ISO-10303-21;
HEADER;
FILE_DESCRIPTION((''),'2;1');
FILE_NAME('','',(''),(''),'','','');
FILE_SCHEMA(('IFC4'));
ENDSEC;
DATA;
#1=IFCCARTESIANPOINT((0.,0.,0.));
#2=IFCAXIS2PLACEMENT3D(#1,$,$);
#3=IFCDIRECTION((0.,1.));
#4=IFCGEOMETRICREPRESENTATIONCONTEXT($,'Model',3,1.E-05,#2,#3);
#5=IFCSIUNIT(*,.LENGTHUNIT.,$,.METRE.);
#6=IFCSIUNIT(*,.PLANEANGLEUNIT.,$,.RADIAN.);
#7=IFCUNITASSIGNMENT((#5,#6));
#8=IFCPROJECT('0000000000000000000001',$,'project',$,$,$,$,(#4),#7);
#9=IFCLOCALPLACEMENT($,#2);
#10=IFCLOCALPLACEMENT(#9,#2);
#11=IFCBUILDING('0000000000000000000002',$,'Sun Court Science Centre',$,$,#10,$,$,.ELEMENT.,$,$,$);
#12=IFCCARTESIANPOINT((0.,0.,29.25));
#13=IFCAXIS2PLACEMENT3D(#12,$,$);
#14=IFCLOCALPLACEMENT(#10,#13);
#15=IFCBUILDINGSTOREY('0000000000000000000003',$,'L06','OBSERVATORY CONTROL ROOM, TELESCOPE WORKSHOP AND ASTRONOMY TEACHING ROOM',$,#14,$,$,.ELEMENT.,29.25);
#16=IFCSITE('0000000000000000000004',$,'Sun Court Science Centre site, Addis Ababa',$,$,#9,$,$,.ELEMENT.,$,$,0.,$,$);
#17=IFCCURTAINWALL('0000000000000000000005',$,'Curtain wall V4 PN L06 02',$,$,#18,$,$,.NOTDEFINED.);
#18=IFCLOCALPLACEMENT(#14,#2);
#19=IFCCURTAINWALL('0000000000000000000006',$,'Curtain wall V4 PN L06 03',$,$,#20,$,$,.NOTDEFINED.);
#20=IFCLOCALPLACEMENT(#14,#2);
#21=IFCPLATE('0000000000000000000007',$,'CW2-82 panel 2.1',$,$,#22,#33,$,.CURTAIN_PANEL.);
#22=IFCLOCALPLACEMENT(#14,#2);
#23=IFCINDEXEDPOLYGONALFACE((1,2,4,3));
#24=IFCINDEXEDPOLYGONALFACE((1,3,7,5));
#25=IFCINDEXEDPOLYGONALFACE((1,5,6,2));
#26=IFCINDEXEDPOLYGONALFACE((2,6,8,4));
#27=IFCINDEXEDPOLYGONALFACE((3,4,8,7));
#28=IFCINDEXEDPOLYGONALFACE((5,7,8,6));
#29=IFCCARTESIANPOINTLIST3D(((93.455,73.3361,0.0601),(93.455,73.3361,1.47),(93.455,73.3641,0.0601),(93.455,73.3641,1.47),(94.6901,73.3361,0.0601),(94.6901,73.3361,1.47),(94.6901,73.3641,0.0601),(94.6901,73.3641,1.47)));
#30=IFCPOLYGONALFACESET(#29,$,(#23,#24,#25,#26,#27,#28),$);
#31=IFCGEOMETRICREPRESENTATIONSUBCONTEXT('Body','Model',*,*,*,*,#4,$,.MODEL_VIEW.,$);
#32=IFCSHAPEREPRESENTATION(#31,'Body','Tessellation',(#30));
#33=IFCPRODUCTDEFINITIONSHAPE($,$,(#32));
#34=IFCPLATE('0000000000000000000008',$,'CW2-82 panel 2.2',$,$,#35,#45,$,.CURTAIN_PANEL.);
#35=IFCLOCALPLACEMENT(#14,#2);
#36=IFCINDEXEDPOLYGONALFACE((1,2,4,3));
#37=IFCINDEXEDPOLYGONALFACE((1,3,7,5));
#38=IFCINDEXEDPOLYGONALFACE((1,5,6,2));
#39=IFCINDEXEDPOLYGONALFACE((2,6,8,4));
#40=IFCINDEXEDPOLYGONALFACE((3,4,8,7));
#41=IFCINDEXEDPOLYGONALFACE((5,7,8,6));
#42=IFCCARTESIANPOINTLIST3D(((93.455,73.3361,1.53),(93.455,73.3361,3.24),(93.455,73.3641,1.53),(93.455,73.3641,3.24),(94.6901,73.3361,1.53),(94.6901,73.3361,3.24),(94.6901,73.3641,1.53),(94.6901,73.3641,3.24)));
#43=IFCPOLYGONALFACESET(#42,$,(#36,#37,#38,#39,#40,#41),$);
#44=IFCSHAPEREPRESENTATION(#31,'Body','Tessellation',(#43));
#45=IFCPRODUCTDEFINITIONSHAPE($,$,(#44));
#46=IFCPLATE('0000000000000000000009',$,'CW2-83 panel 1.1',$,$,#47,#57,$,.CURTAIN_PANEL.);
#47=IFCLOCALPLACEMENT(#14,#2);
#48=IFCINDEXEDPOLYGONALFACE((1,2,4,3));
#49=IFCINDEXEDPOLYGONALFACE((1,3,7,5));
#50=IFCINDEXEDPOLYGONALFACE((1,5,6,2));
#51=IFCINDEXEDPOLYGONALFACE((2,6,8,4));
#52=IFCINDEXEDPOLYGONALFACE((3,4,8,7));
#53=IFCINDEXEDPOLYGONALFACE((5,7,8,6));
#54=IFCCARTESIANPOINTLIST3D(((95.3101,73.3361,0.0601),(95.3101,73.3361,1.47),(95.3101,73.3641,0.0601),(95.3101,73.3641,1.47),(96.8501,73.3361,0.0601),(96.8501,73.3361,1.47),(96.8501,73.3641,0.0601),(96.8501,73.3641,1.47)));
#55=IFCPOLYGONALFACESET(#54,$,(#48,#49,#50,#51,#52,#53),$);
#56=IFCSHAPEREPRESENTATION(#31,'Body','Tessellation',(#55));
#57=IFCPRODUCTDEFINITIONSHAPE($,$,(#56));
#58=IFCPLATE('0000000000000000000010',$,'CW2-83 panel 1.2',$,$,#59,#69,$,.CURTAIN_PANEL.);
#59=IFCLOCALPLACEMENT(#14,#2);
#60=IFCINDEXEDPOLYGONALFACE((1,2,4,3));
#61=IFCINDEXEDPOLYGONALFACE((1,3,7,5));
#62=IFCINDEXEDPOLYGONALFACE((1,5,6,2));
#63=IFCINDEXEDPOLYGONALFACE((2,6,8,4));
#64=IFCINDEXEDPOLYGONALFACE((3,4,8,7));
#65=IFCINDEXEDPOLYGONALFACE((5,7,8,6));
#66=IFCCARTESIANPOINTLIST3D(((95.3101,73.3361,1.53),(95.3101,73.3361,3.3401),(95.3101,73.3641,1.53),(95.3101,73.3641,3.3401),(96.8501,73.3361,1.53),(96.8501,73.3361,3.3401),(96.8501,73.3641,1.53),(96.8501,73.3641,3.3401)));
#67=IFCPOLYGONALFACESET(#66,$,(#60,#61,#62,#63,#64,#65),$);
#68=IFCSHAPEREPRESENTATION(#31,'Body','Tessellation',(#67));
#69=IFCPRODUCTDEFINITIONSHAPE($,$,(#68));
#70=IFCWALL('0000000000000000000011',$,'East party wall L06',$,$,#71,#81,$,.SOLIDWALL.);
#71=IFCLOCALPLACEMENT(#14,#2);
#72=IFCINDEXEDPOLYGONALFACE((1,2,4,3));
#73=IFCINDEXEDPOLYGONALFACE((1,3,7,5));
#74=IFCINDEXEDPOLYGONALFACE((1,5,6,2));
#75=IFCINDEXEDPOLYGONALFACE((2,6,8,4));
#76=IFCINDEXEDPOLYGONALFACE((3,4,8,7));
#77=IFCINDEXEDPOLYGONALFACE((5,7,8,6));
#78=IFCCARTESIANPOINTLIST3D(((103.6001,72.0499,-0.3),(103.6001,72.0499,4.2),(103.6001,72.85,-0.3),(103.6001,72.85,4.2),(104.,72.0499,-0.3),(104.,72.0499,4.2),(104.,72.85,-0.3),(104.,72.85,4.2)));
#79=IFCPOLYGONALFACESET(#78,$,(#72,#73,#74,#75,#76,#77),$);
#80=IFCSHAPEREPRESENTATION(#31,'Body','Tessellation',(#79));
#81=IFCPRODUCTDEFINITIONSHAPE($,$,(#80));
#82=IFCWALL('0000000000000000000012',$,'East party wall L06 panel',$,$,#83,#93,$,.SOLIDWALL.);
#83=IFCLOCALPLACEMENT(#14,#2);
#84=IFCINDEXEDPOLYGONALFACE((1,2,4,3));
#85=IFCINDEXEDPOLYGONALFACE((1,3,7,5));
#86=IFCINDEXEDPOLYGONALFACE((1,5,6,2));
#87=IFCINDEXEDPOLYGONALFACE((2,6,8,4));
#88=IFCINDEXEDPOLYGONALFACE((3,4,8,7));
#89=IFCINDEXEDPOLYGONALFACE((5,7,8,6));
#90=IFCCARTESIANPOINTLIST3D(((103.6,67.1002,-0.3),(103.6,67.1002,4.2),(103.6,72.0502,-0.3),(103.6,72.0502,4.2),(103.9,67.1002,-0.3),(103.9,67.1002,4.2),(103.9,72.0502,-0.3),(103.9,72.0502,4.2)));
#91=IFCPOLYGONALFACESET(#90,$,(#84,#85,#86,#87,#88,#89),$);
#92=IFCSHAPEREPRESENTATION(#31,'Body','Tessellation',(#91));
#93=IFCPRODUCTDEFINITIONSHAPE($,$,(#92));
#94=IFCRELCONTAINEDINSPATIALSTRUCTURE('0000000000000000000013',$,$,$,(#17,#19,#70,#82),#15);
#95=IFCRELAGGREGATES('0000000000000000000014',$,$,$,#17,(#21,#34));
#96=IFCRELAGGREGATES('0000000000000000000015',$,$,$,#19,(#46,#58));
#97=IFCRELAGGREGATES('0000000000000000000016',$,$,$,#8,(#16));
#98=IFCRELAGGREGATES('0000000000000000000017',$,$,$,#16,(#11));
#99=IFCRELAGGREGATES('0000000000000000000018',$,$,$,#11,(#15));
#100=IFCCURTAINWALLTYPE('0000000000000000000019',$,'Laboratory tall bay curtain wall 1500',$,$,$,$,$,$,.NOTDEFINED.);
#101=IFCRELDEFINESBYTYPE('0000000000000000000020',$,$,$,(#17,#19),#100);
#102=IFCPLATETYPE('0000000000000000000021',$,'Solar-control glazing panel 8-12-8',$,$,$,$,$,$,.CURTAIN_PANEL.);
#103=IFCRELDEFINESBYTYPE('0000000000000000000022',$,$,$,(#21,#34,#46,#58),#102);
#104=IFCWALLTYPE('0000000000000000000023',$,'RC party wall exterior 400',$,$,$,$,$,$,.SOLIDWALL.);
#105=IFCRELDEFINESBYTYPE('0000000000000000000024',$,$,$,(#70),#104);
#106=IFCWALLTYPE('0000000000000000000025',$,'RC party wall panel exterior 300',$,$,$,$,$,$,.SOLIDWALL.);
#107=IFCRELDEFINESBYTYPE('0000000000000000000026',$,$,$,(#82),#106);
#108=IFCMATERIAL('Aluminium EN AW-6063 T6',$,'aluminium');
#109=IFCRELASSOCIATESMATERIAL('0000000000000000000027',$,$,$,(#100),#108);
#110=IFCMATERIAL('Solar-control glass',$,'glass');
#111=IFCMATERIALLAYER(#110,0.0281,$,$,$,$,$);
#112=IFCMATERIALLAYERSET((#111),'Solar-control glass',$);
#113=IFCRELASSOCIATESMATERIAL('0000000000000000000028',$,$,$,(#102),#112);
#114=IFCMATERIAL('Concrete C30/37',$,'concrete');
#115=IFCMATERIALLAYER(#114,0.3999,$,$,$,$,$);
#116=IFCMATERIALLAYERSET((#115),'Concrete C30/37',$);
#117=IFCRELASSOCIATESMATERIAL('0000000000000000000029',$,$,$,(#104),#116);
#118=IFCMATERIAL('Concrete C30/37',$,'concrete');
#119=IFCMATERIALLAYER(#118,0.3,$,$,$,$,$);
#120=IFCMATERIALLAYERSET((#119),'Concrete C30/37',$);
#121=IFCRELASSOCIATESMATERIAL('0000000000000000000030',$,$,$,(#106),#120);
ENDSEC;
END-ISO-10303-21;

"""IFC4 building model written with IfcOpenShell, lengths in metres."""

from ifc_helpers import new_model, si_unit, direction, frame, frame_2d, origin, origin_2d, place, context, subcontext, project, spatial, rectangle, extrude, material, layer, layer_set, type_object, element, aggregate, save


model = new_model("IFC4")

# Units and contexts
model_context = context("Model", 3, precision=1e-05, world=origin(), true_north=direction((0.0, 1.0)))
body_context = subcontext(model_context, "Body", "Model", "MODEL_VIEW")
ifc_project = project(units=[si_unit("LENGTHUNIT", "METRE"), si_unit("PLANEANGLEUNIT", "RADIAN")], contexts=[model_context])

# Site, building, storey
site_placement = place(None, origin())
site = spatial("IfcSite", under=ifc_project, at=site_placement, Name="Sun Court Science Centre site, Addis Ababa", CompositionType="ELEMENT", RefElevation=0.0)
building_placement = place(site_placement, origin())
building = spatial("IfcBuilding", under=site, at=building_placement, Name="Sun Court Science Centre", CompositionType="ELEMENT")
storey_placement = place(building_placement, frame((0.0, 0.0, 29.25)))
storey = spatial("IfcBuildingStorey", under=building, at=storey_placement, Name="L06", Description="OBSERVATORY CONTROL ROOM, TELESCOPE WORKSHOP AND ASTRONOMY TEACHING ROOM", CompositionType="ELEMENT", Elevation=29.25)

# Curtain wall
ifc_material_1 = material(Name="Aluminium EN AW-6063 T6", Category="aluminium")
curtain_wall_type = type_object("IfcCurtainWallType", Name="Laboratory tall bay curtain wall 1500", PredefinedType="NOTDEFINED", material=ifc_material_1)
curtain_wall_1_placement = place(storey_placement, origin())
curtain_wall_1 = element("IfcCurtainWall", 1, at=curtain_wall_1_placement, inside=storey, type_object=curtain_wall_type, Name="Curtain wall V4 PN L06 02", PredefinedType="NOTDEFINED")

# Curtain wall
curtain_wall_2_placement = place(storey_placement, origin())
curtain_wall_2 = element("IfcCurtainWall", 2, at=curtain_wall_2_placement, inside=storey, type_object=curtain_wall_type, Name="Curtain wall V4 PN L06 03", PredefinedType="NOTDEFINED")

# Plates
ifc_material_2 = material(Name="Solar-control glass", Category="glass")
ifc_layer_1 = layer(ifc_material_2, 0.0281)
ifc_layer_set_1 = layer_set([ifc_layer_1], Name="Solar-control glass")
plate_type = type_object("IfcPlateType", Name="Solar-control glazing panel 8-12-8", PredefinedType="CURTAIN_PANEL", material=ifc_layer_set_1)
plate_1_placement = place(storey_placement, frame((94.0725, 73.3501, 0.0601), z_axis=(0.0, 0.0, 1.0), x_axis=(1.0, 0.0, 0.0)))
plate_1 = element("IfcPlate", 3, at=plate_1_placement, type_object=plate_type, Name="CW2-82 panel 2.1", PredefinedType="CURTAIN_PANEL", context=body_context, shape_type="SweptSolid", body=[
    extrude(rectangle(XDim=1.2351, YDim=0.0281, at=origin_2d()), origin(), (0.0, 0.0, 1.0), 1.4099),
])
plate_2_placement = place(storey_placement, frame((94.0725, 73.3501, 1.53), z_axis=(0.0, 0.0, 1.0), x_axis=(1.0, 0.0, 0.0)))
plate_2 = element("IfcPlate", 4, at=plate_2_placement, type_object=plate_type, Name="CW2-82 panel 2.2", PredefinedType="CURTAIN_PANEL", context=body_context, shape_type="SweptSolid", body=[
    extrude(rectangle(XDim=1.2351, YDim=0.0281, at=origin_2d()), origin(), (0.0, 0.0, 1.0), 1.71),
])
aggregate(curtain_wall_1, [plate_1, plate_2])
plate_3_placement = place(storey_placement, frame((96.0801, 73.3501, 0.0601), z_axis=(0.0, 0.0, 1.0), x_axis=(1.0, 0.0, 0.0)))
plate_3 = element("IfcPlate", 5, at=plate_3_placement, type_object=plate_type, Name="CW2-83 panel 1.1", PredefinedType="CURTAIN_PANEL", context=body_context, shape_type="SweptSolid", body=[
    extrude(rectangle(XDim=1.54, YDim=0.0281, at=origin_2d()), origin(), (0.0, 0.0, 1.0), 1.4099),
])
plate_4_placement = place(storey_placement, frame((96.0801, 73.3501, 1.53), z_axis=(0.0, 0.0, 1.0), x_axis=(1.0, 0.0, 0.0)))
plate_4 = element("IfcPlate", 6, at=plate_4_placement, type_object=plate_type, Name="CW2-83 panel 1.2", PredefinedType="CURTAIN_PANEL", context=body_context, shape_type="SweptSolid", body=[
    extrude(rectangle(XDim=1.54, YDim=0.0281, at=origin_2d()), origin(), (0.0, 0.0, 1.0), 1.8101),
])
aggregate(curtain_wall_2, [plate_3, plate_4])

# Walls
ifc_material_3 = material(Name="Concrete C30/37", Category="concrete")
ifc_layer_2 = layer(ifc_material_3, 0.3999)
ifc_layer_set_2 = layer_set([ifc_layer_2], Name="Concrete C30/37")
wall_type_1 = type_object("IfcWallType", Name="RC party wall exterior 400", PredefinedType="SOLIDWALL", material=ifc_layer_set_2)
wall_1_placement = place(storey_placement, frame((103.8, 72.05, -0.3), z_axis=(0.0, 0.0, 1.0), x_axis=(0.0, 1.0, 0.0)))
element("IfcWall", 7, at=wall_1_placement, inside=storey, type_object=wall_type_1, Name="East party wall L06", PredefinedType="SOLIDWALL", context=body_context, shape_type="SweptSolid", body=[
    extrude(rectangle(XDim=0.8, YDim=0.3999, at=frame_2d((0.3999, 0.0))), origin(), (0.0, 0.0, 1.0), 4.5),
])
ifc_material_4 = material(Name="Concrete C30/37", Category="concrete")
ifc_layer_3 = layer(ifc_material_4, 0.3)
ifc_layer_set_3 = layer_set([ifc_layer_3], Name="Concrete C30/37")
wall_type_2 = type_object("IfcWallType", Name="RC party wall panel exterior 300", PredefinedType="SOLIDWALL", material=ifc_layer_set_3)
wall_2_placement = place(storey_placement, frame((103.75, 67.1001, -0.3), z_axis=(0.0, 0.0, 1.0), x_axis=(0.0, 1.0, 0.0)))
element("IfcWall", 8, at=wall_2_placement, inside=storey, type_object=wall_type_2, Name="East party wall L06 panel", PredefinedType="SOLIDWALL", context=body_context, shape_type="SweptSolid", body=[
    extrude(rectangle(XDim=4.95, YDim=0.3, at=frame_2d((2.4751, 0.0))), origin(), (0.0, 0.0, 1.0), 4.5),
])

save(model, "model.ifc")
